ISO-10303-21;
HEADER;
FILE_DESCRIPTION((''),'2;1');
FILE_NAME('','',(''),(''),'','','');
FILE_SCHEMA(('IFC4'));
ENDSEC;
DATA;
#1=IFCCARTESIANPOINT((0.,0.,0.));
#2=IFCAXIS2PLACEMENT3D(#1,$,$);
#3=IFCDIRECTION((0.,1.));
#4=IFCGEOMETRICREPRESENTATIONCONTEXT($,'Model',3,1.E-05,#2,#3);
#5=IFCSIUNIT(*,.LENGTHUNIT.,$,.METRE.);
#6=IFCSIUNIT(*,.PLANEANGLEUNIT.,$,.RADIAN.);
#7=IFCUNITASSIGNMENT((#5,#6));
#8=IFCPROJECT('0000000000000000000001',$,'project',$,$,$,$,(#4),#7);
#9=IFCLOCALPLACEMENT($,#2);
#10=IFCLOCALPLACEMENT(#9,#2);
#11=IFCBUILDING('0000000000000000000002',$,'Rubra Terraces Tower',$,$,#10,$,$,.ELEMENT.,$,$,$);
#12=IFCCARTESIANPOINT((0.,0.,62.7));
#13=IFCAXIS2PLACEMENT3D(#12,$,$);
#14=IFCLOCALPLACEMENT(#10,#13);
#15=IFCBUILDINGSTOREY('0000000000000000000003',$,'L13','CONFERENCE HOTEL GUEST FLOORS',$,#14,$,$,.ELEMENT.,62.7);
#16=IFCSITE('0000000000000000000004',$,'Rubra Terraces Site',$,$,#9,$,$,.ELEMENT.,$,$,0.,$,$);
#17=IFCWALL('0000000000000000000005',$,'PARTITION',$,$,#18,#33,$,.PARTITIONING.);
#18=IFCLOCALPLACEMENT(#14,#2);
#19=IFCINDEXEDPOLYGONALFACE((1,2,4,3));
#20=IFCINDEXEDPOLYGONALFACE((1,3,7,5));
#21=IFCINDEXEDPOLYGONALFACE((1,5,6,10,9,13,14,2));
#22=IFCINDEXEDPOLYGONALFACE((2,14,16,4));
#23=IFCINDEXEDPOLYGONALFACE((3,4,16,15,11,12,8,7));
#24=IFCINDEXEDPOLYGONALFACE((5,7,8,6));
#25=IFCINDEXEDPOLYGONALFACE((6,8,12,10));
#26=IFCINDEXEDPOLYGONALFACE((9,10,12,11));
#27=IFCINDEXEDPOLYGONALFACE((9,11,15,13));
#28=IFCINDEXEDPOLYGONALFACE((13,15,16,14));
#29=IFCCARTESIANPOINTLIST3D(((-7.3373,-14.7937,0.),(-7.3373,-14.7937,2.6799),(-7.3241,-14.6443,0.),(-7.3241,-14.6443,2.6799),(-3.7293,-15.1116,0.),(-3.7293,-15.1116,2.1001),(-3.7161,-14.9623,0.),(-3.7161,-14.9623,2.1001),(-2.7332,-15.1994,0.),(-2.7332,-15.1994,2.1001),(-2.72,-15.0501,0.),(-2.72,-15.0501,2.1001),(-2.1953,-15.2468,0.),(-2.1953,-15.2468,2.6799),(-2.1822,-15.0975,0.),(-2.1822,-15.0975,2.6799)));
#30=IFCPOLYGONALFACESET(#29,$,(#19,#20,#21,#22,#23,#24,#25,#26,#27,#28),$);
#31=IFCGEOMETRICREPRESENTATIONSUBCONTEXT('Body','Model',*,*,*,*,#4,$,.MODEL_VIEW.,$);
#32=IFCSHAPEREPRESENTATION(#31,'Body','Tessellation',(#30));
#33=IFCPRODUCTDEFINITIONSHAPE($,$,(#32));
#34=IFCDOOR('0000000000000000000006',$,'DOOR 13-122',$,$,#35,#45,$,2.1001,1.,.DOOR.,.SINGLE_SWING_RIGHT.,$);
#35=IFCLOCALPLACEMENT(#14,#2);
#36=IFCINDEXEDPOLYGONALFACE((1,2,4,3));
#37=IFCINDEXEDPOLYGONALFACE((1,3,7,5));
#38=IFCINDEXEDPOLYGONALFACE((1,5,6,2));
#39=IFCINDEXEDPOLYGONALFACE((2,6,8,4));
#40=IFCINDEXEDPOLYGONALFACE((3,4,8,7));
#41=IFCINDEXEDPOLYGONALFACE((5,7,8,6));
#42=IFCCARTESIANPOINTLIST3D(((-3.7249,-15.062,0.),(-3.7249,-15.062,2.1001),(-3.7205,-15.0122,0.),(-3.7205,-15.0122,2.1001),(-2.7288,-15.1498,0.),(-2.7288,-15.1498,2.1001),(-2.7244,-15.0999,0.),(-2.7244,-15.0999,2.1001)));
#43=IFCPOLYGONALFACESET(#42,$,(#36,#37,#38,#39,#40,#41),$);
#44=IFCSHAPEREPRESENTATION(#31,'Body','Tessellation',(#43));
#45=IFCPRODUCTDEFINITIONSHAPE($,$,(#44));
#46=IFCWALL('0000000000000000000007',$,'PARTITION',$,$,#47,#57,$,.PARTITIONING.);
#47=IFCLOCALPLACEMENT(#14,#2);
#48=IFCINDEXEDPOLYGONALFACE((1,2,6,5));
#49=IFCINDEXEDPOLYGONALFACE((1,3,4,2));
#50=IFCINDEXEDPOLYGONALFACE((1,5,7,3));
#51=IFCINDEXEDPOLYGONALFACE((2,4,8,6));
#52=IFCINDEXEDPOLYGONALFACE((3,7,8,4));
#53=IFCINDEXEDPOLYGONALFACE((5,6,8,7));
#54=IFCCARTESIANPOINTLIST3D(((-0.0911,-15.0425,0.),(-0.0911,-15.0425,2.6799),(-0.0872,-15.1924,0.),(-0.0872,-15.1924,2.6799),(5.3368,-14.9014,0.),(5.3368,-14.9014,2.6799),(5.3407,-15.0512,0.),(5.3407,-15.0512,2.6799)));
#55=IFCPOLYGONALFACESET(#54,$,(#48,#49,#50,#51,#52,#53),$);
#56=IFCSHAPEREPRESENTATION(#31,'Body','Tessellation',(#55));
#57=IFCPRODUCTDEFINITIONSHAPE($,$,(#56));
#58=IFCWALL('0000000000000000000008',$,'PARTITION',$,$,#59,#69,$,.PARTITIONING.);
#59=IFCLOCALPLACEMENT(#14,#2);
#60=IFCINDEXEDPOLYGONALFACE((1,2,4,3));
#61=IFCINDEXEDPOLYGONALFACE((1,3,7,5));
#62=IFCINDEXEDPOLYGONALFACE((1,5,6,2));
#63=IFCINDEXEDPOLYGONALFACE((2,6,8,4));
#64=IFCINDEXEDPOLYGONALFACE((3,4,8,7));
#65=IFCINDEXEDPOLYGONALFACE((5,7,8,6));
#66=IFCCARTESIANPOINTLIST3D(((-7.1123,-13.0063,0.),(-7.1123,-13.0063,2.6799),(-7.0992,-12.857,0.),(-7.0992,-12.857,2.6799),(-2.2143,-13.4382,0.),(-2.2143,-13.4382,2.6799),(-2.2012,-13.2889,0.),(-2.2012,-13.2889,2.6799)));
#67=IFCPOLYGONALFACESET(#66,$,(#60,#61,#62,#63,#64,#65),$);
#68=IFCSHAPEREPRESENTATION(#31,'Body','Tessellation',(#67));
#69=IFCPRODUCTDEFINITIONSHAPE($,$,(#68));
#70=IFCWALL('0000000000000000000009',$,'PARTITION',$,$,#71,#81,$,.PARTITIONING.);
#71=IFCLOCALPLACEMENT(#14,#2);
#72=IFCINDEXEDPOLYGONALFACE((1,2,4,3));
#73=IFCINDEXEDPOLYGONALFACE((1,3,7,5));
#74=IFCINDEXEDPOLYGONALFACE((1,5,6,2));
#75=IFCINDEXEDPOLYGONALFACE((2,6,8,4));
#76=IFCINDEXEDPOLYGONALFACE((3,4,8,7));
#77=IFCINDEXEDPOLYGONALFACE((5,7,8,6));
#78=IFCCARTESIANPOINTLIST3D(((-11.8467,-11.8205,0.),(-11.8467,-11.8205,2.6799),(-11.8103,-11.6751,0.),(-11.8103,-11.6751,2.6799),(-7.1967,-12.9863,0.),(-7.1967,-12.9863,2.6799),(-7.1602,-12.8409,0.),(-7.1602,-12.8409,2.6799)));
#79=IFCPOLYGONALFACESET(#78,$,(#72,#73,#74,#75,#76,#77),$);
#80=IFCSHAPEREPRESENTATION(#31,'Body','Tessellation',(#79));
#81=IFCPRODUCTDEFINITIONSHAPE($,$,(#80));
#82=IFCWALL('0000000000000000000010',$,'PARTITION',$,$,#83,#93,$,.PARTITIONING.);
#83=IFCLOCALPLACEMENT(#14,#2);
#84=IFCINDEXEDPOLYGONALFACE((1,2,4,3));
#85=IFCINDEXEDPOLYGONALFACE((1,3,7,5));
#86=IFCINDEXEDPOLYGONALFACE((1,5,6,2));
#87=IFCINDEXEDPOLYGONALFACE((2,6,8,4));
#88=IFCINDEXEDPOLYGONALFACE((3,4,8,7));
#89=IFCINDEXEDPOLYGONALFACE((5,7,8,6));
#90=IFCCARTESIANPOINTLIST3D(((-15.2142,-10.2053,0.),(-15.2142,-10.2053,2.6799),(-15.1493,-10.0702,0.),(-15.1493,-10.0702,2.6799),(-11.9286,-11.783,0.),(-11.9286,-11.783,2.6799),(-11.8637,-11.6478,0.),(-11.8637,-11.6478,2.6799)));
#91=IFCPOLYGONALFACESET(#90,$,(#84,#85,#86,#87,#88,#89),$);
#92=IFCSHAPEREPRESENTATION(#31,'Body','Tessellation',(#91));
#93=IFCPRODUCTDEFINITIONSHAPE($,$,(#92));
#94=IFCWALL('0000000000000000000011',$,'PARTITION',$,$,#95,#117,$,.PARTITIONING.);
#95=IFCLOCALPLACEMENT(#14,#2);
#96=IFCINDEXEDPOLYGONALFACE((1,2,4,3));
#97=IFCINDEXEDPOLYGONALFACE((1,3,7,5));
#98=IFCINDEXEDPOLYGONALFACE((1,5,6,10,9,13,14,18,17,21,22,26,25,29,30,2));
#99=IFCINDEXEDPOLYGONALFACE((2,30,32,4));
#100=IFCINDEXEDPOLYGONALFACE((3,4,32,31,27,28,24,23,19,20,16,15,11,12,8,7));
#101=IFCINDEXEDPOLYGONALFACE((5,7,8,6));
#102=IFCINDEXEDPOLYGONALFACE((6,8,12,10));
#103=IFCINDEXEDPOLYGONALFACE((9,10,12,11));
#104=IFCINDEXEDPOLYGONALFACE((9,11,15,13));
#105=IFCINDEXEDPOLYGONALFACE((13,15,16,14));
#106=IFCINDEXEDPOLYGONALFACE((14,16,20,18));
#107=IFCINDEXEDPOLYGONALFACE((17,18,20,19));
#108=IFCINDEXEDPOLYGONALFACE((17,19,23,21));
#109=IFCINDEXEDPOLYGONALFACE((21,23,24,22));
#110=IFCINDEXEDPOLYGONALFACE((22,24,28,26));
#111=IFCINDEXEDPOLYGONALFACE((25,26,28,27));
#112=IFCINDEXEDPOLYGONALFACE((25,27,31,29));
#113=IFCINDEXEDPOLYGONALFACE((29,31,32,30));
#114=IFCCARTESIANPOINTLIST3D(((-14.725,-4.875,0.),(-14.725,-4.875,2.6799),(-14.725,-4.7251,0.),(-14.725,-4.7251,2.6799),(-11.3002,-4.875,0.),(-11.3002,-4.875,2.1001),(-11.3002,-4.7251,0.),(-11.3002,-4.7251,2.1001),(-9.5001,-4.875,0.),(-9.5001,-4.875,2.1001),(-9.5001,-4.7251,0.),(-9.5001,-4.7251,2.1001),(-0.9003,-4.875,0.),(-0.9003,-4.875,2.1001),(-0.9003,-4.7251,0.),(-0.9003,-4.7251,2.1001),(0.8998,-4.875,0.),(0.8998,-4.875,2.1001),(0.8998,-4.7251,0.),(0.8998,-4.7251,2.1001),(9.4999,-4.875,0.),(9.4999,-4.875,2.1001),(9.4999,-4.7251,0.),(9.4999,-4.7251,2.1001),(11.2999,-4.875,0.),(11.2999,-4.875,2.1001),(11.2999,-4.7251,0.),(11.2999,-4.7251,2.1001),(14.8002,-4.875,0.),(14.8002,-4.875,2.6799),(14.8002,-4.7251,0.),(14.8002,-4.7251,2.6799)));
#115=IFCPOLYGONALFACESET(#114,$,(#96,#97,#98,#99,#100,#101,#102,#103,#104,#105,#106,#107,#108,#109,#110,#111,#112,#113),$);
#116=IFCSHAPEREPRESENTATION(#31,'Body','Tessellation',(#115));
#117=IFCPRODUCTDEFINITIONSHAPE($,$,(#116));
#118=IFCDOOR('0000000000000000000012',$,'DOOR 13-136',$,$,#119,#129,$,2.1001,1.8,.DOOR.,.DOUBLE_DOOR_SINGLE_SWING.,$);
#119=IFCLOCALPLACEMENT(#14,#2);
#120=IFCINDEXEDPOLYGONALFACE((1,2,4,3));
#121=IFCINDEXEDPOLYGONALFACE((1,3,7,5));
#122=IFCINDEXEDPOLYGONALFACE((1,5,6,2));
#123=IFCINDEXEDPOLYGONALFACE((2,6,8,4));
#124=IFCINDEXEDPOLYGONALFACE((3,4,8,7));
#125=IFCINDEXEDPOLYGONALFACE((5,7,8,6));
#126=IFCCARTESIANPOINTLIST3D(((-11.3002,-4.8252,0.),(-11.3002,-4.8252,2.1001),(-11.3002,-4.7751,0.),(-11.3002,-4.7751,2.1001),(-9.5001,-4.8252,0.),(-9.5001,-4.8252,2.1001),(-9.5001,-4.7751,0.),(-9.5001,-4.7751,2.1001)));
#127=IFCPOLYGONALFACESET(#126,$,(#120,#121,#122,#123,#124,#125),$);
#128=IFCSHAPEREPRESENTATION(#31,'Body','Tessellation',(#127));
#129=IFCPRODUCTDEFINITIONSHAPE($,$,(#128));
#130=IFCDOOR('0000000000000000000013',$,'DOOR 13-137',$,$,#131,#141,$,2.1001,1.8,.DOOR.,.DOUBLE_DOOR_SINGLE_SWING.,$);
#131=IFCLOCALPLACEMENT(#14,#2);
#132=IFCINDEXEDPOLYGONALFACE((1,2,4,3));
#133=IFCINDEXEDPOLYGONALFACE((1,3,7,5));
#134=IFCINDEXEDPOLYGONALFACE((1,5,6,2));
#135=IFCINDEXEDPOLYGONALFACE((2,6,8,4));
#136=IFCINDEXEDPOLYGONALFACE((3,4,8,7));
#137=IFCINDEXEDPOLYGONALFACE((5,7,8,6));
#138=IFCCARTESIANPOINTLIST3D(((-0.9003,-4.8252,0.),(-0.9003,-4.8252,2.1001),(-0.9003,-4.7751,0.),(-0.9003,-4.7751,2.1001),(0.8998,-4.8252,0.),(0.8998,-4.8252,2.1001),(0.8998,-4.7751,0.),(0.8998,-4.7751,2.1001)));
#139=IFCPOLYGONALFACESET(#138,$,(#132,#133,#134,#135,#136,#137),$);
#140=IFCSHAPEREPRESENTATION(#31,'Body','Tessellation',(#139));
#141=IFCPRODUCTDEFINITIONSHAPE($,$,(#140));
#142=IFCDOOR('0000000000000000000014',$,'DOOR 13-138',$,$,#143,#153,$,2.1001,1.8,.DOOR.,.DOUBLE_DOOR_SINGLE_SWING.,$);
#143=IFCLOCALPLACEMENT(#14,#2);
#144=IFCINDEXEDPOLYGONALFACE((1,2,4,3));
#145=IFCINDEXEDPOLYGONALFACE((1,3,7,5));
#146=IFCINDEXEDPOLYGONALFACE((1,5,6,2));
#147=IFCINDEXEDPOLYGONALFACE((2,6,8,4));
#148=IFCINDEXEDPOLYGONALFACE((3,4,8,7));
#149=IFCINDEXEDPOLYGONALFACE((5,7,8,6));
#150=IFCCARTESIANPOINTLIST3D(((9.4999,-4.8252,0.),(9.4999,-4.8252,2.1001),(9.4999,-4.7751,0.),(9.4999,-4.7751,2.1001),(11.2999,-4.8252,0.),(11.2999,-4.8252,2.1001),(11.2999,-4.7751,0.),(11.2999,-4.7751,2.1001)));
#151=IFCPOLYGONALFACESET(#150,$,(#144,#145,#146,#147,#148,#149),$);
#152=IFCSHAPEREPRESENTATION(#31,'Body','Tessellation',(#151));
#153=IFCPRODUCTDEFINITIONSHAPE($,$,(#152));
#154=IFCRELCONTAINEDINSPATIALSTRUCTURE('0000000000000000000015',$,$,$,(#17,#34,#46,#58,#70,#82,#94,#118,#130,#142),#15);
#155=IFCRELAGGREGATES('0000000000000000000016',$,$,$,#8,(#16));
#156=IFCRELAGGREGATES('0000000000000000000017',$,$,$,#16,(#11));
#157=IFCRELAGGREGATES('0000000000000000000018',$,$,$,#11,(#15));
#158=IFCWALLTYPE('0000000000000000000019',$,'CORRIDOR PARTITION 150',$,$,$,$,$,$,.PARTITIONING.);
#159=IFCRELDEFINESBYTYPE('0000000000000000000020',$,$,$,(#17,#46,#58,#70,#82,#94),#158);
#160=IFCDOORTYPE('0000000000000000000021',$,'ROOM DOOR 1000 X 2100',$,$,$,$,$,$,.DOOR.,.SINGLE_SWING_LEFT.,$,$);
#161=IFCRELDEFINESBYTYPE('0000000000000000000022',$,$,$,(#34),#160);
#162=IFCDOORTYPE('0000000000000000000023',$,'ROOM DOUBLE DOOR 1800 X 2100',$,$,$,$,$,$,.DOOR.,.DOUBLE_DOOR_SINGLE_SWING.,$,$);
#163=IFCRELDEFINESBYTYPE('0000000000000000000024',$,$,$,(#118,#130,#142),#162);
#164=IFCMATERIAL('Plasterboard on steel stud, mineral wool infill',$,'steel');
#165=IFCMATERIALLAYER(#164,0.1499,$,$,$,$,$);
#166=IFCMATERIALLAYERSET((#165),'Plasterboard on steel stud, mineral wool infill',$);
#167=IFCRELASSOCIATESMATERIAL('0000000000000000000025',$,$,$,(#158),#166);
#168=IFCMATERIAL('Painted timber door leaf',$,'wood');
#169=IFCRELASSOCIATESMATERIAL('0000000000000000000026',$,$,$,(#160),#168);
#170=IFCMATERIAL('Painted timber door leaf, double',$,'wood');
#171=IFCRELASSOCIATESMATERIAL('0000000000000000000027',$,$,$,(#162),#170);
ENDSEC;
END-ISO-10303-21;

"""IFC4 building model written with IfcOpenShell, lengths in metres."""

from ifc_helpers import new_model, si_unit, direction, frame, frame_2d, origin, place, context, subcontext, project, spatial, rectangle, extrude, material, layer, layer_set, type_object, element, fill, save


model = new_model("IFC4")

# Units and contexts
model_context = context("Model", 3, precision=1e-05, world=origin(), true_north=direction((0.0, 1.0)))
body_context = subcontext(model_context, "Body", "Model", "MODEL_VIEW")
ifc_project = project(units=[si_unit("LENGTHUNIT", "METRE"), si_unit("PLANEANGLEUNIT", "RADIAN")], contexts=[model_context])

# Site, building, storey
site_placement = place(None, origin())
site = spatial("IfcSite", under=ifc_project, at=site_placement, Name="Rubra Terraces Site", CompositionType="ELEMENT", RefElevation=0.0)
building_placement = place(site_placement, origin())
building = spatial("IfcBuilding", under=site, at=building_placement, Name="Rubra Terraces Tower", CompositionType="ELEMENT")
storey_placement = place(building_placement, frame((0.0, 0.0, 62.7)))
storey = spatial("IfcBuildingStorey", under=building, at=storey_placement, Name="L13", Description="CONFERENCE HOTEL GUEST FLOORS", CompositionType="ELEMENT", Elevation=62.7)

# Shared definitions
ifc_material_1 = material(Name="Plasterboard on steel stud, mineral wool infill", Category="steel")
ifc_layer_1 = layer(ifc_material_1, 0.1499)
ifc_layer_set_1 = layer_set([ifc_layer_1], Name="Plasterboard on steel stud, mineral wool infill")
wall_type_1 = type_object("IfcWallType", Name="CORRIDOR PARTITION 150", PredefinedType="PARTITIONING", material=ifc_layer_set_1)

# Wall, opening, door
wall_1_placement = place(storey_placement, frame((-7.3308, -14.719, 0.0), z_axis=(0.0, 0.0, 1.0), x_axis=(0.996139, -0.087785, 0.0)))
wall_1 = element("IfcWall", 1, at=wall_1_placement, inside=storey, type_object=wall_type_1, Name="PARTITION", PredefinedType="PARTITIONING", context=body_context, shape_type="SweptSolid", body=[
    extrude(rectangle(XDim=5.1619, YDim=0.1499, at=frame_2d((2.5811, 0.0))), origin(), (0.0, 0.0, 1.0), 2.6799),
])
opening_1_placement = place(wall_1_placement, frame((3.6221, 0.0, 0.0)))
opening_1 = element("IfcOpeningElement", 2, at=opening_1_placement, cuts=wall_1, PredefinedType="OPENING", context=body_context, shape_type="SweptSolid", body=[
    extrude(rectangle(XDim=1.0, YDim=2.1001, at=frame_2d((0.5, 1.05))), frame((0.0, 0.085, 0.0), z_axis=(0.0, -1.0, 0.0), x_axis=(1.0, 0.0, 0.0)), (0.0, 0.0, 1.0), 0.1699),
])
ifc_material_2 = material(Name="Painted timber door leaf", Category="wood")
door_type_1 = type_object("IfcDoorType", Name="ROOM DOOR 1000 X 2100", OperationType="SINGLE_SWING_LEFT", PredefinedType="DOOR", material=ifc_material_2)
door_1_placement = place(opening_1_placement, origin())
door_1 = element("IfcDoor", 3, at=door_1_placement, inside=storey, type_object=door_type_1, Name="DOOR 13-122", OperationType="SINGLE_SWING_RIGHT", OverallHeight=2.1001, OverallWidth=1.0, PredefinedType="DOOR", context=body_context, shape_type="SweptSolid", body=[
    extrude(rectangle(XDim=1.0, YDim=2.1001, at=frame_2d((0.5, 1.05))), frame((0.0, 0.0249, 0.0), z_axis=(0.0, -1.0, 0.0), x_axis=(1.0, 0.0, 0.0)), (0.0, 0.0, 1.0), 0.05),
])
fill(opening_1, door_1)

# Walls
wall_2_placement = place(storey_placement, frame((-0.0891, -15.1174, 0.0), z_axis=(0.0, 0.0, 1.0), x_axis=(0.999662, 0.02599, 0.0)))
element("IfcWall", 4, at=wall_2_placement, inside=storey, type_object=wall_type_1, Name="PARTITION", PredefinedType="PARTITIONING", context=body_context, shape_type="SweptSolid", body=[
    extrude(rectangle(XDim=5.4297, YDim=0.1499, at=frame_2d((2.7148, 0.0))), origin(), (0.0, 0.0, 1.0), 2.6799),
])
wall_3_placement = place(storey_placement, frame((-2.2078, -13.3635, 0.0), z_axis=(0.0, 0.0, 1.0), x_axis=(-0.996135, 0.087836, 0.0)))
element("IfcWall", 5, at=wall_3_placement, inside=storey, type_object=wall_type_1, Name="PARTITION", PredefinedType="PARTITIONING", context=body_context, shape_type="SweptSolid", body=[
    extrude(rectangle(XDim=4.917, YDim=0.1499, at=frame_2d((2.4585, 0.0))), origin(), (0.0, 0.0, 1.0), 2.6799),
])
wall_4_placement = place(storey_placement, frame((-7.1785, -12.9136, 0.0), z_axis=(0.0, 0.0, 1.0), x_axis=(-0.969984, 0.243171, 0.0)))
element("IfcWall", 6, at=wall_4_placement, inside=storey, type_object=wall_type_1, Name="PARTITION", PredefinedType="PARTITIONING", context=body_context, shape_type="SweptSolid", body=[
    extrude(rectangle(XDim=4.7939, YDim=0.1499, at=frame_2d((2.397, 0.0))), origin(), (0.0, 0.0, 1.0), 2.6799),
])
wall_5_placement = place(storey_placement, frame((-11.8962, -11.7153, 0.0), z_axis=(0.0, 0.0, 1.0), x_axis=(-0.901467, 0.432849, 0.0)))
element("IfcWall", 7, at=wall_5_placement, inside=storey, type_object=wall_type_1, Name="PARTITION", PredefinedType="PARTITIONING", context=body_context, shape_type="SweptSolid", body=[
    extrude(rectangle(XDim=3.6448, YDim=0.1499, at=frame_2d((1.8223, 0.0))), origin(), (0.0, 0.0, 1.0), 2.6799),
])

# Wall, openings, doors
wall_6_placement = place(storey_placement, frame((-14.7251, -4.8, 0.0), z_axis=(0.0, 0.0, 1.0), x_axis=(1.0, 0.0, 0.0)))
wall_6 = element("IfcWall", 8, at=wall_6_placement, inside=storey, type_object=wall_type_1, Name="PARTITION", PredefinedType="PARTITIONING", context=body_context, shape_type="SweptSolid", body=[
    extrude(rectangle(XDim=29.5251, YDim=0.1499, at=frame_2d((14.7627, 0.0))), origin(), (0.0, 0.0, 1.0), 2.6799),
])
opening_2_placement = place(wall_6_placement, frame((3.425, 0.0, 0.0)))
opening_2 = element("IfcOpeningElement", 9, at=opening_2_placement, cuts=wall_6, PredefinedType="OPENING", context=body_context, shape_type="SweptSolid", body=[
    extrude(rectangle(XDim=1.8, YDim=2.1001, at=frame_2d((0.8999, 1.05))), frame((0.0, 0.085, 0.0), z_axis=(0.0, -1.0, 0.0), x_axis=(1.0, 0.0, 0.0)), (0.0, 0.0, 1.0), 0.1699),
])
opening_3_placement = place(wall_6_placement, frame((13.825, 0.0, 0.0)))
opening_3 = element("IfcOpeningElement", 10, at=opening_3_placement, cuts=wall_6, PredefinedType="OPENING", context=body_context, shape_type="SweptSolid", body=[
    extrude(rectangle(XDim=1.8, YDim=2.1001, at=frame_2d((0.8999, 1.05))), frame((0.0, 0.085, 0.0), z_axis=(0.0, -1.0, 0.0), x_axis=(1.0, 0.0, 0.0)), (0.0, 0.0, 1.0), 0.1699),
])
opening_4_placement = place(wall_6_placement, frame((24.2251, 0.0, 0.0)))
opening_4 = element("IfcOpeningElement", 11, at=opening_4_placement, cuts=wall_6, PredefinedType="OPENING", context=body_context, shape_type="SweptSolid", body=[
    extrude(rectangle(XDim=1.8, YDim=2.1001, at=frame_2d((0.8999, 1.05))), frame((0.0, 0.085, 0.0), z_axis=(0.0, -1.0, 0.0), x_axis=(1.0, 0.0, 0.0)), (0.0, 0.0, 1.0), 0.1699),
])
ifc_material_3 = material(Name="Painted timber door leaf, double", Category="wood")
door_type_2 = type_object("IfcDoorType", Name="ROOM DOUBLE DOOR 1800 X 2100", OperationType="DOUBLE_DOOR_SINGLE_SWING", PredefinedType="DOOR", material=ifc_material_3)
door_2_placement = place(opening_2_placement, origin())
door_2 = element("IfcDoor", 12, at=door_2_placement, inside=storey, type_object=door_type_2, Name="DOOR 13-136", OperationType="DOUBLE_DOOR_SINGLE_SWING", OverallHeight=2.1001, OverallWidth=1.8, PredefinedType="DOOR", context=body_context, shape_type="SweptSolid", body=[
    extrude(rectangle(XDim=1.8, YDim=2.1001, at=frame_2d((0.8999, 1.05))), frame((0.0, 0.0249, 0.0), z_axis=(0.0, -1.0, 0.0), x_axis=(1.0, 0.0, 0.0)), (0.0, 0.0, 1.0), 0.05),
])
fill(opening_2, door_2)
door_3_placement = place(opening_3_placement, origin())
door_3 = element("IfcDoor", 13, at=door_3_placement, inside=storey, type_object=door_type_2, Name="DOOR 13-137", OperationType="DOUBLE_DOOR_SINGLE_SWING", OverallHeight=2.1001, OverallWidth=1.8, PredefinedType="DOOR", context=body_context, shape_type="SweptSolid", body=[
    extrude(rectangle(XDim=1.8, YDim=2.1001, at=frame_2d((0.8999, 1.05))), frame((0.0, 0.0249, 0.0), z_axis=(0.0, -1.0, 0.0), x_axis=(1.0, 0.0, 0.0)), (0.0, 0.0, 1.0), 0.05),
])
fill(opening_3, door_3)
door_4_placement = place(opening_4_placement, origin())
door_4 = element("IfcDoor", 14, at=door_4_placement, inside=storey, type_object=door_type_2, Name="DOOR 13-138", OperationType="DOUBLE_DOOR_SINGLE_SWING", OverallHeight=2.1001, OverallWidth=1.8, PredefinedType="DOOR", context=body_context, shape_type="SweptSolid", body=[
    extrude(rectangle(XDim=1.8, YDim=2.1001, at=frame_2d((0.8999, 1.05))), frame((0.0, 0.0249, 0.0), z_axis=(0.0, -1.0, 0.0), x_axis=(1.0, 0.0, 0.0)), (0.0, 0.0, 1.0), 0.05),
])
fill(opening_4, door_4)

save(model, "model.ifc")
